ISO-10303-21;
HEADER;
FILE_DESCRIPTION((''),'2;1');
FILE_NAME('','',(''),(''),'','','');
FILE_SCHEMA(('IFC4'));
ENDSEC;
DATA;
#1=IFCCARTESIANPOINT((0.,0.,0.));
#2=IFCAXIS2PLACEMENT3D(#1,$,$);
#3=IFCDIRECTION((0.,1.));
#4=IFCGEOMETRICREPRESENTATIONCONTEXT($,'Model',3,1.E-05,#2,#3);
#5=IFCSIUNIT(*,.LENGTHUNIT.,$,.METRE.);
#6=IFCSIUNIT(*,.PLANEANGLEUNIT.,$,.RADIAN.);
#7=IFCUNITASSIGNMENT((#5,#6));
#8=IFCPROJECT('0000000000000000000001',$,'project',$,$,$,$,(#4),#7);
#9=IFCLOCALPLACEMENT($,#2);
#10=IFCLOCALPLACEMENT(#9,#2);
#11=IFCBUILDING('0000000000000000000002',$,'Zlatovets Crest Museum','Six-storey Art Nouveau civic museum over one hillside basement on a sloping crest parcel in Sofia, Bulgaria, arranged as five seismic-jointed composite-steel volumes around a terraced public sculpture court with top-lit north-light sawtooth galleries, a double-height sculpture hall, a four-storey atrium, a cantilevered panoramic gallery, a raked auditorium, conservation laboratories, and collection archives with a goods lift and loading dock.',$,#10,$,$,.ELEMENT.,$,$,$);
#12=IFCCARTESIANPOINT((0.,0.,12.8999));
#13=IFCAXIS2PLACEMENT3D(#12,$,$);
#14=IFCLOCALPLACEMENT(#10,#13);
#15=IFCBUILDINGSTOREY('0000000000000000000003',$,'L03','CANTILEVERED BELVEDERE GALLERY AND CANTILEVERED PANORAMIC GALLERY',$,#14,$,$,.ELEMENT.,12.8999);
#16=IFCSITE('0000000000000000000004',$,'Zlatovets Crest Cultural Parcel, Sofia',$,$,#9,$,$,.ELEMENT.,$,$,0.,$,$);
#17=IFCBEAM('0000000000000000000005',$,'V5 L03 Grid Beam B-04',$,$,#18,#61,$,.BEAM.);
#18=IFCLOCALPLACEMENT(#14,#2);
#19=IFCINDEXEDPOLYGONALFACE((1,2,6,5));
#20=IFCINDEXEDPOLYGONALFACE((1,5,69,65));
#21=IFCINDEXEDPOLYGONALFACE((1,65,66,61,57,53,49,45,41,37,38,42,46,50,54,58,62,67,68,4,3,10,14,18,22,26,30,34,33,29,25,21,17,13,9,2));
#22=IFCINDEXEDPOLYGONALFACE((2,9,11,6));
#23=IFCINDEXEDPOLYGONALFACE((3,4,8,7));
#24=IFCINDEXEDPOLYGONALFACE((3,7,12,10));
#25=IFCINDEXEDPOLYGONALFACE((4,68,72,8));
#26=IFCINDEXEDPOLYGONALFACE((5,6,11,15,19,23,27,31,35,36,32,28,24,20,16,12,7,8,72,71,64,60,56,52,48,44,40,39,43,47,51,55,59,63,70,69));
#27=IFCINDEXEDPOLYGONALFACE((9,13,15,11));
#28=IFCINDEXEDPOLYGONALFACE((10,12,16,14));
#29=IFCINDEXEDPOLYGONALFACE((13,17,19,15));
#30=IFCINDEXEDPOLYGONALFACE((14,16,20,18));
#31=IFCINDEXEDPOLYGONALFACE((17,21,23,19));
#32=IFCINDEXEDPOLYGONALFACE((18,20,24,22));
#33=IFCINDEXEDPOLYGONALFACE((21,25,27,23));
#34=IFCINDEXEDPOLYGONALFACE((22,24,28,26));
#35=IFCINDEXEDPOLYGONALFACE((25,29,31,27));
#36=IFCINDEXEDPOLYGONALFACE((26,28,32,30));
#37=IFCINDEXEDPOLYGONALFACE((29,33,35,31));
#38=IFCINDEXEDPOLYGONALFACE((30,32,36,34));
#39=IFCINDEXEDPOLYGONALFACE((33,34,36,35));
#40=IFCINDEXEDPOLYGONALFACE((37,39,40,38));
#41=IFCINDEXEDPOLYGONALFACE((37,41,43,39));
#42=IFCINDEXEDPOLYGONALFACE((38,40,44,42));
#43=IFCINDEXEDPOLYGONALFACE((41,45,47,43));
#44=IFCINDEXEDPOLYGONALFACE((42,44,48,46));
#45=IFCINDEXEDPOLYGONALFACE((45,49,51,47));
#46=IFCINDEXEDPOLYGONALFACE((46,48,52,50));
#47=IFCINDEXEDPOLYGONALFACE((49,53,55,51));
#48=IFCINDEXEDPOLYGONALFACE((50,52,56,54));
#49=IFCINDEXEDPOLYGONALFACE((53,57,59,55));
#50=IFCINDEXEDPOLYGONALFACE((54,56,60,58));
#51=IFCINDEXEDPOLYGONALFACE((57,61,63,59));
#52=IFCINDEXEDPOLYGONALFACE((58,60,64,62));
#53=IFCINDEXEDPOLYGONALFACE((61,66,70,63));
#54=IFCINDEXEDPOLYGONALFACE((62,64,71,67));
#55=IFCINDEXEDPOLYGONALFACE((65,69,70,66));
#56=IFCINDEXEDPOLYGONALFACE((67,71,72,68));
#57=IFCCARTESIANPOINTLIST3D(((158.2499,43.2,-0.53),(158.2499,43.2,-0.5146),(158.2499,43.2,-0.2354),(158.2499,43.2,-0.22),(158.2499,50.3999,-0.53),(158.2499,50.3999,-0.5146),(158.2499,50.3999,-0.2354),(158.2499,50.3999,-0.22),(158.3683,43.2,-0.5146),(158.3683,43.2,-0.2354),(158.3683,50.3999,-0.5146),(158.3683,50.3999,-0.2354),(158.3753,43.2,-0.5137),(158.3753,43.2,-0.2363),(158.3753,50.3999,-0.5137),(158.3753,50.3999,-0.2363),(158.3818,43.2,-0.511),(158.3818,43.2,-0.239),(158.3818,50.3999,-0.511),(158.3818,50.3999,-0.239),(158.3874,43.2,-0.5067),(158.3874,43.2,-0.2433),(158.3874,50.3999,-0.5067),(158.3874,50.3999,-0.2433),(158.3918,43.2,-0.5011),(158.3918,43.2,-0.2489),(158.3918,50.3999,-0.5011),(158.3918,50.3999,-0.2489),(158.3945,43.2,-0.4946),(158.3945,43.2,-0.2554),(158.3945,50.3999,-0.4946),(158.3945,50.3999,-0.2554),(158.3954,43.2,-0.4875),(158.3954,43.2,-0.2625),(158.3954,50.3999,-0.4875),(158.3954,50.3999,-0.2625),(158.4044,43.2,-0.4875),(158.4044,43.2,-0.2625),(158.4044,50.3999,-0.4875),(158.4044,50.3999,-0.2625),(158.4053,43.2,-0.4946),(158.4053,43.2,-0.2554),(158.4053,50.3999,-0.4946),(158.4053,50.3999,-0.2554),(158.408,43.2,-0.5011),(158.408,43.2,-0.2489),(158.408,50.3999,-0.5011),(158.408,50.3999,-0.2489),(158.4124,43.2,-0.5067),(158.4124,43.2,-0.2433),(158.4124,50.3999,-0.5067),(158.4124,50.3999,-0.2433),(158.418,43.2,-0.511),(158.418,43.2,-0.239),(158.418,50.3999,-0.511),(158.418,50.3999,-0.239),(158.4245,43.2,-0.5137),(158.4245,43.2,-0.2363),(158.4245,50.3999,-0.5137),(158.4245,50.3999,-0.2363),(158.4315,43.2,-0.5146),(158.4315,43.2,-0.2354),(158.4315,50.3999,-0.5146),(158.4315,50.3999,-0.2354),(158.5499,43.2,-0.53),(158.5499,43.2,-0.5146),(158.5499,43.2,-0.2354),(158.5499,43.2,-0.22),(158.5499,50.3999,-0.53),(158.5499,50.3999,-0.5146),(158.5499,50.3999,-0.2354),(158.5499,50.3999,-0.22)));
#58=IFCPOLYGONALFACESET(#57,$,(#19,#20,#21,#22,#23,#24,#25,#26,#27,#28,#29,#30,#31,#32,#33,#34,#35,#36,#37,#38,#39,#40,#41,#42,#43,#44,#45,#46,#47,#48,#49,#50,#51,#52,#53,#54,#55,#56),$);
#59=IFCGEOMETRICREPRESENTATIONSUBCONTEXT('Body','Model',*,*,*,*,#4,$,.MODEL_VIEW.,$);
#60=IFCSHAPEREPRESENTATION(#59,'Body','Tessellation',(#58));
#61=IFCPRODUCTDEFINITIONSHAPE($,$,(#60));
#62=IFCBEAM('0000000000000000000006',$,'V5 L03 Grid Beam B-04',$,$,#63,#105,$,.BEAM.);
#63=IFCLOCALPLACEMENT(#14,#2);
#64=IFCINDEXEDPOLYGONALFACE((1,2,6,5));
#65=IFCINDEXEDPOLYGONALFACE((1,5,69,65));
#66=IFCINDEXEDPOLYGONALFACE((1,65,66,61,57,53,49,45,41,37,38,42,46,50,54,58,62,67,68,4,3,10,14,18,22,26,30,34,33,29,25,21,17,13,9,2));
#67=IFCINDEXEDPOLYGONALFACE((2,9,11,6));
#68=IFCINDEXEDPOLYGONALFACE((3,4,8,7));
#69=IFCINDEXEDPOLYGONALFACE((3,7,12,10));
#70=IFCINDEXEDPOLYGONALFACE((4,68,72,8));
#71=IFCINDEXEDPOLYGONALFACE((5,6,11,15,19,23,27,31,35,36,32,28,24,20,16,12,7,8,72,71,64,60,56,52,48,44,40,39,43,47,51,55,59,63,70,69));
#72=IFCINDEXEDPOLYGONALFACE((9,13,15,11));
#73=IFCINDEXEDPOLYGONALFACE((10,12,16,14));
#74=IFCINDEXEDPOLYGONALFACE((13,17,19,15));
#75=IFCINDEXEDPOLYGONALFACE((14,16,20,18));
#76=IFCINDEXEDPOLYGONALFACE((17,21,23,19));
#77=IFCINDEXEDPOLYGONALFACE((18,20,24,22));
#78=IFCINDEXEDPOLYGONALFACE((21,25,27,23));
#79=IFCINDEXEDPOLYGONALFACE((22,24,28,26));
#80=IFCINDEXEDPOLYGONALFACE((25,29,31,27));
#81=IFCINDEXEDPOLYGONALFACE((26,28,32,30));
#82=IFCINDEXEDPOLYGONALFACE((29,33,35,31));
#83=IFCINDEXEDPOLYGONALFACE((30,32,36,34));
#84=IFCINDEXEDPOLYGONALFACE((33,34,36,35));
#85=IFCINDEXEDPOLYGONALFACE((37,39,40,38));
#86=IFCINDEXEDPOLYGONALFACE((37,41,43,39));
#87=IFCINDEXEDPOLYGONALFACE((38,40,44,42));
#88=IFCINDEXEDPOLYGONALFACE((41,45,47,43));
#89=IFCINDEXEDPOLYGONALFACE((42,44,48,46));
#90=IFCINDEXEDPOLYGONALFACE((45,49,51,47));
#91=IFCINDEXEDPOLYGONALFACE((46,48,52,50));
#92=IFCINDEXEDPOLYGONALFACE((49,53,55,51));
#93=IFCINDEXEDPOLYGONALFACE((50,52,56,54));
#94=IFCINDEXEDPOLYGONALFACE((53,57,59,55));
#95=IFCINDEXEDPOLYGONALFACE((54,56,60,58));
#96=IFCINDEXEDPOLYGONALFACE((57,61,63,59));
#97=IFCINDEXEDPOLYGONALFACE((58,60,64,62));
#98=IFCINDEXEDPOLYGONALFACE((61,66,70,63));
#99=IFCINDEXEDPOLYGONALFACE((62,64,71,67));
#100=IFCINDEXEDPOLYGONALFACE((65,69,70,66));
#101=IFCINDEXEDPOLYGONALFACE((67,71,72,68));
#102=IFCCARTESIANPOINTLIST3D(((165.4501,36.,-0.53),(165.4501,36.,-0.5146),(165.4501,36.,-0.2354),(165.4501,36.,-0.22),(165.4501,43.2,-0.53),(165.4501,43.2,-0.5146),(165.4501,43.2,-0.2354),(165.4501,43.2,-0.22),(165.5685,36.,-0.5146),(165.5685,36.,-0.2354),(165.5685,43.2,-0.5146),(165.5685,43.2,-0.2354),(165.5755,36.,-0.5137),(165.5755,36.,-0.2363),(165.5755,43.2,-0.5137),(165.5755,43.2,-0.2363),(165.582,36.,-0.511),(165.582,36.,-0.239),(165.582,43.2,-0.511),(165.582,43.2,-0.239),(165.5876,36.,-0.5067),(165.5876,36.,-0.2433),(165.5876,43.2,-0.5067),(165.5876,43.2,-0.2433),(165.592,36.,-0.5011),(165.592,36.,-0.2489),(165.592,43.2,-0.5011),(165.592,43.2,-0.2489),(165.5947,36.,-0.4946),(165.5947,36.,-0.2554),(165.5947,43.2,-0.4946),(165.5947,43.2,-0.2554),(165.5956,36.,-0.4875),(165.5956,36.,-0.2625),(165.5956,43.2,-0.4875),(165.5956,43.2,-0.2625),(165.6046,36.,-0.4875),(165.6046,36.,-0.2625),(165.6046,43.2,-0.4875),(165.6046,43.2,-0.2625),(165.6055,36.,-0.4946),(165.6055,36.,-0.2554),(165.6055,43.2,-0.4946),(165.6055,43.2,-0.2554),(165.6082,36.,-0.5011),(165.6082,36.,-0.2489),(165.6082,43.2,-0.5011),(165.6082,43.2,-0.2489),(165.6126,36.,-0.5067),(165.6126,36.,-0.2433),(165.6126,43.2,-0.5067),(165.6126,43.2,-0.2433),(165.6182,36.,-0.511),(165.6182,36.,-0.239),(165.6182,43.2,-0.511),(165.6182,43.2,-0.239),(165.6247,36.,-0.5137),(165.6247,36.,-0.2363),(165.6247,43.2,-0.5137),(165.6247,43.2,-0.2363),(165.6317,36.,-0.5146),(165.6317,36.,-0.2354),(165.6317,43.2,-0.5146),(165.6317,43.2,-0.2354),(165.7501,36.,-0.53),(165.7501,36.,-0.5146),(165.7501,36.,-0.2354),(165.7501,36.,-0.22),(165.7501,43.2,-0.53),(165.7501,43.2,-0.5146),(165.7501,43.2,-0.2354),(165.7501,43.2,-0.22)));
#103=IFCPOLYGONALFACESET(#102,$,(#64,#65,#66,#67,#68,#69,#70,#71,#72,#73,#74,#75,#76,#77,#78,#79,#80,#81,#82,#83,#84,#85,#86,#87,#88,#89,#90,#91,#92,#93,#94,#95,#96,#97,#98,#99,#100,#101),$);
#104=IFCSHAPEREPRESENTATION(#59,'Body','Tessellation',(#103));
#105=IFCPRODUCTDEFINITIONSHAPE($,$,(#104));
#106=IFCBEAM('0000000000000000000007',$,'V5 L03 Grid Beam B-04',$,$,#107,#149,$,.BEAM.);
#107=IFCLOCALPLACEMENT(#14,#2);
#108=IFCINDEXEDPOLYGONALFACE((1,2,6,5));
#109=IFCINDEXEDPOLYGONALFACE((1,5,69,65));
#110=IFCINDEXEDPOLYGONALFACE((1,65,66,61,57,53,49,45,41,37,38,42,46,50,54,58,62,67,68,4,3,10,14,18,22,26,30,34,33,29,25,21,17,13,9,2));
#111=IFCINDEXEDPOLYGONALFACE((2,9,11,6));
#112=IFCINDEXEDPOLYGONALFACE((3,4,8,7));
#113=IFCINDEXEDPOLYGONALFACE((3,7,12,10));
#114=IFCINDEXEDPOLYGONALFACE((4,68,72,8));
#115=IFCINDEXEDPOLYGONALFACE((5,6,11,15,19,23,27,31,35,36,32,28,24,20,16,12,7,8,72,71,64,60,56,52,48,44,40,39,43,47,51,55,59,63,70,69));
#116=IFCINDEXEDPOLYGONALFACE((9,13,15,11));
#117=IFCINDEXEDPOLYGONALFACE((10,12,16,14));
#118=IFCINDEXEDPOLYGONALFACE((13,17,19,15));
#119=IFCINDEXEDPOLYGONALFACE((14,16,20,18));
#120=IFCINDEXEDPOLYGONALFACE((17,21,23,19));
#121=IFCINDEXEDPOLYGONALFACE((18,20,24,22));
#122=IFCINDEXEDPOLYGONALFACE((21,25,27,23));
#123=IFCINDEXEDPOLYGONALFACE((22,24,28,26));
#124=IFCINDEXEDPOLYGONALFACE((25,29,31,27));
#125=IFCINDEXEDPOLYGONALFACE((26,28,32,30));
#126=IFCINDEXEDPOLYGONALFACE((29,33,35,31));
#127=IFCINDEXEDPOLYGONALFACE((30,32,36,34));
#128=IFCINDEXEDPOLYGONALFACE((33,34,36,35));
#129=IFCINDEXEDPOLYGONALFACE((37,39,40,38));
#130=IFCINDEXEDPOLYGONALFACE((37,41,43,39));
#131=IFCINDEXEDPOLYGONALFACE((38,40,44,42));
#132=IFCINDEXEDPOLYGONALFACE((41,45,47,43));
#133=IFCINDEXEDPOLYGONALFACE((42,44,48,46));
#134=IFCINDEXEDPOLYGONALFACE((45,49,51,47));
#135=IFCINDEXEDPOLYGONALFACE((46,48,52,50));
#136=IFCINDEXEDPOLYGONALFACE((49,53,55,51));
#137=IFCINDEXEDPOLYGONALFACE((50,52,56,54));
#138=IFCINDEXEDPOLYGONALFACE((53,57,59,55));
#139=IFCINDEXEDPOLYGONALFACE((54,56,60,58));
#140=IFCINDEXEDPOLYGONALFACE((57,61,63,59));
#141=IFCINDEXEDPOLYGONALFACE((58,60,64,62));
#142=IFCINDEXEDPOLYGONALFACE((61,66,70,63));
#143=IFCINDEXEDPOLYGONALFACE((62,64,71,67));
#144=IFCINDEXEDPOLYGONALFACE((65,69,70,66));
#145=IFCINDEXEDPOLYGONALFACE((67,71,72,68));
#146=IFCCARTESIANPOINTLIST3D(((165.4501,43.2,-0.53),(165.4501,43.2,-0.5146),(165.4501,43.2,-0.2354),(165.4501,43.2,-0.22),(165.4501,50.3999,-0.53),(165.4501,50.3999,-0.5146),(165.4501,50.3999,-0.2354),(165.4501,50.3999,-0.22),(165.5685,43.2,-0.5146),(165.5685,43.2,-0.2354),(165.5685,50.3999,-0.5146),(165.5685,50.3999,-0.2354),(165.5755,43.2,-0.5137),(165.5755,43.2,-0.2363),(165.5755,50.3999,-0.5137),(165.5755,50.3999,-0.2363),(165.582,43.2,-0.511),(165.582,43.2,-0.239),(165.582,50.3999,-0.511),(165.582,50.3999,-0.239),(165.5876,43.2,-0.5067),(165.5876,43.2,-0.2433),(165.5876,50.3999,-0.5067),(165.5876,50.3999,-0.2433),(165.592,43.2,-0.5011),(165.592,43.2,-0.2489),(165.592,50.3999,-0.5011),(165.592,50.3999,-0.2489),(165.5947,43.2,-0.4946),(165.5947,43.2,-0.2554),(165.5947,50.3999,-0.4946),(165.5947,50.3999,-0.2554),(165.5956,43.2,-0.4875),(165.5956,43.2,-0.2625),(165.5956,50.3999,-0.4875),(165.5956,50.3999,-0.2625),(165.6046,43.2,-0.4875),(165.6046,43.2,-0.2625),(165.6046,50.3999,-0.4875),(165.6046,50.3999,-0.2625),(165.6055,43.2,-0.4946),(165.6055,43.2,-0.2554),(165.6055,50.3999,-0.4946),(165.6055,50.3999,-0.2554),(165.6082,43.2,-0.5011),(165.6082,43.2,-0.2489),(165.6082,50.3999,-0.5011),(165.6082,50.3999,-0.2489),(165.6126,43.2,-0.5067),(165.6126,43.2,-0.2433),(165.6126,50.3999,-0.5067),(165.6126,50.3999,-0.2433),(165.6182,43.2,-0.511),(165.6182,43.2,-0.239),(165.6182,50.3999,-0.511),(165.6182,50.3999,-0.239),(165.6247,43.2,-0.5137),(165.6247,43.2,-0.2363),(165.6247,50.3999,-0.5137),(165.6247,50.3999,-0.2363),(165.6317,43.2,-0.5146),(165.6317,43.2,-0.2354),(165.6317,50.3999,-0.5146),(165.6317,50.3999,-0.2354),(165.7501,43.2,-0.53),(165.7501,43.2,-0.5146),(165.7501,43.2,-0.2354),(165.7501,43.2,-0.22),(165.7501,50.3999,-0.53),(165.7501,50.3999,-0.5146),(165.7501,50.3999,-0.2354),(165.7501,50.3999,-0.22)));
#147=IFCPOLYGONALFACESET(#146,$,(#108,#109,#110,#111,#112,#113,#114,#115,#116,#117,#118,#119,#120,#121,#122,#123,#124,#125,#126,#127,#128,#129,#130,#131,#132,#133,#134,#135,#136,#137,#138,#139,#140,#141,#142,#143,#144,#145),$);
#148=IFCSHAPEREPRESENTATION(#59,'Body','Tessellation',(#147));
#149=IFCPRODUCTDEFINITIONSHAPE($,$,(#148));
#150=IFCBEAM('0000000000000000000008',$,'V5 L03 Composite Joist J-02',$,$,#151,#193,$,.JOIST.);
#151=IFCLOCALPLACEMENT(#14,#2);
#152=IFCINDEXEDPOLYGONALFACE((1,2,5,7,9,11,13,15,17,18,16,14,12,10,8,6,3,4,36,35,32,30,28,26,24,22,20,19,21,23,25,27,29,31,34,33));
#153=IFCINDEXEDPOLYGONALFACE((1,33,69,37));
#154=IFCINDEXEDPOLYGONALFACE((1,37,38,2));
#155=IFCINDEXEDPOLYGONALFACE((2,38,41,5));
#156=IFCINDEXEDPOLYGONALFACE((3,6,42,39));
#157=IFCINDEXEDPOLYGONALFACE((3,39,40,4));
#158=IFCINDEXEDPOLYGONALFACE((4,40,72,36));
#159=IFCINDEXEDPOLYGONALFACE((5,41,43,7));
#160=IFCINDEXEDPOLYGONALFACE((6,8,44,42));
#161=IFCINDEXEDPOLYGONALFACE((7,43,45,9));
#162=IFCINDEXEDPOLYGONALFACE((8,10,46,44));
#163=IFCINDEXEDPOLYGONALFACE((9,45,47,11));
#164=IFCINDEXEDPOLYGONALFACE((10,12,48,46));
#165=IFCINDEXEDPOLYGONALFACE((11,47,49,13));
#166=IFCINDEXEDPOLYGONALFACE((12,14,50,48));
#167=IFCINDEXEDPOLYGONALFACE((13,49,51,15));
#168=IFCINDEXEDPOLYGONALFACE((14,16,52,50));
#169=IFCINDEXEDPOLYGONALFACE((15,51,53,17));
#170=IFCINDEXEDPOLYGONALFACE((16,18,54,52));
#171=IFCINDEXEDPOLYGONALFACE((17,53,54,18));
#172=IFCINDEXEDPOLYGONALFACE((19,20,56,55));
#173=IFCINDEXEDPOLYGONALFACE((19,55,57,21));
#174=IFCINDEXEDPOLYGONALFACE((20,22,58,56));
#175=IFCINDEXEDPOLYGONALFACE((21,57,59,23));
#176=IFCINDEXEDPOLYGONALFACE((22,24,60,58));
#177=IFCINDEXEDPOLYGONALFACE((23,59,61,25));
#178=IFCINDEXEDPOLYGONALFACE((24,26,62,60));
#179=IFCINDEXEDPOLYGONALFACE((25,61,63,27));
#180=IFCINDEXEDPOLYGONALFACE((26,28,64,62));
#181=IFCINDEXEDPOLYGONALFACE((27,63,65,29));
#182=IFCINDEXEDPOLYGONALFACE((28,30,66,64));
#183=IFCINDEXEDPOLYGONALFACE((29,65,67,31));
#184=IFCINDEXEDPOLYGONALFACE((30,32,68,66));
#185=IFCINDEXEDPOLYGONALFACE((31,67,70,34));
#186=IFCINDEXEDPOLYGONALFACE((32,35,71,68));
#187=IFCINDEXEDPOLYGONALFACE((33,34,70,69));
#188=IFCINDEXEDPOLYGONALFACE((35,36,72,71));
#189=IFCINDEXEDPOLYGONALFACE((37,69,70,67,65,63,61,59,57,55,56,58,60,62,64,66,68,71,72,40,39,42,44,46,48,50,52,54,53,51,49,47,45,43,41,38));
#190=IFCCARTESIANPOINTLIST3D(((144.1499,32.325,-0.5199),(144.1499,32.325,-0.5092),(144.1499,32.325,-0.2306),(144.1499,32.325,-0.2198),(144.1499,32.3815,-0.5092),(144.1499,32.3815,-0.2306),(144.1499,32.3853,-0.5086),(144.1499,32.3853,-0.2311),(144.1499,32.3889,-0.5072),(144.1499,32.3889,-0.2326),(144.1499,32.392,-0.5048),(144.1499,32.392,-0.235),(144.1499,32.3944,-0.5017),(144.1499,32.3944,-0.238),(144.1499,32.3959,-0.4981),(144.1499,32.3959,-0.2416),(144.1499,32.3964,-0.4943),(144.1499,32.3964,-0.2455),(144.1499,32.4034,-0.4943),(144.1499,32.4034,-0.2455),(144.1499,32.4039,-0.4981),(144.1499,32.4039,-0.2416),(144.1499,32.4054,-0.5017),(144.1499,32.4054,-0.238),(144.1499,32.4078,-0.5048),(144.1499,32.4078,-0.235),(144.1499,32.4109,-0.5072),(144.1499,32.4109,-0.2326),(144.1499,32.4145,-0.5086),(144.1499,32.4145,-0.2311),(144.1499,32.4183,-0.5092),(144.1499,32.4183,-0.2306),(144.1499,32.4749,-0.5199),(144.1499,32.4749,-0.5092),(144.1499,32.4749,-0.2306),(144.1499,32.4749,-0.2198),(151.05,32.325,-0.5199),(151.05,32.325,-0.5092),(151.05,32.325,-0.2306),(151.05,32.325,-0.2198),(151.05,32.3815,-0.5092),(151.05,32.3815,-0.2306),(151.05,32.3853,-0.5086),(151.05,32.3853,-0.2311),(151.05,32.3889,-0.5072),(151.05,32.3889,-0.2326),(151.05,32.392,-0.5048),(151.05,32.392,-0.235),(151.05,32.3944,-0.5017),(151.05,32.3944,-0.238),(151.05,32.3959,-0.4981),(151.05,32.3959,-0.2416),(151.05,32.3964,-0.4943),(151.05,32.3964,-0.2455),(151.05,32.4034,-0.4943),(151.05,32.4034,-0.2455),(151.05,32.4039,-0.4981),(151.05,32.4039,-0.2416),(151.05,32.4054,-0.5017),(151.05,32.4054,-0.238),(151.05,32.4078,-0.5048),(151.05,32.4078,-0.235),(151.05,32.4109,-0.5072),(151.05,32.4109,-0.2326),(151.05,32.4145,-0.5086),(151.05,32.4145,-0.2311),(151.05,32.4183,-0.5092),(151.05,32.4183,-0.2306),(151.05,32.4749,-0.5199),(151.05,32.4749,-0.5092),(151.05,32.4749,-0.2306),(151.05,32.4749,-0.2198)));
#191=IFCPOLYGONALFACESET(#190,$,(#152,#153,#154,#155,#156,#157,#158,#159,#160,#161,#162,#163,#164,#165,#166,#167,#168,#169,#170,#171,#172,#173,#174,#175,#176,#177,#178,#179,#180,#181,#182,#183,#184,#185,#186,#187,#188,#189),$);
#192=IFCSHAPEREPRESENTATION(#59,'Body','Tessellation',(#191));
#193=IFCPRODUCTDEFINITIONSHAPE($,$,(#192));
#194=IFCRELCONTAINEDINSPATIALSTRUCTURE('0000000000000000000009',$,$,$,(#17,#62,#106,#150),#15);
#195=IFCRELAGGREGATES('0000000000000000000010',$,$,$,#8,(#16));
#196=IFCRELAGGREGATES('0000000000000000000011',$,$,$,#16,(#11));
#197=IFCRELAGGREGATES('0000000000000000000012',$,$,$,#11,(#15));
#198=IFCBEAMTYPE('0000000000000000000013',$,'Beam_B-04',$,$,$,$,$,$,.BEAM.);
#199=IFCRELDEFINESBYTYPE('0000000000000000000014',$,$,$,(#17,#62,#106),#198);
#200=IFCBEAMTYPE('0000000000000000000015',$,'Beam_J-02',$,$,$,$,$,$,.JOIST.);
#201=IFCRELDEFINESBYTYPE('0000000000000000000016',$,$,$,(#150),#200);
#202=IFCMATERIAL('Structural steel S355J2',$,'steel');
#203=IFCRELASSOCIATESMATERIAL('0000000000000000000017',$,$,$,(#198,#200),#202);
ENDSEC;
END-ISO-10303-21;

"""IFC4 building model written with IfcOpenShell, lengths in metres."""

from ifc_helpers import new_model, si_unit, direction, frame, origin, origin_2d, place, context, subcontext, project, spatial, i_section, extrude, material, material_profile, profile_set, type_object, element, save


model = new_model("IFC4")

# Units and contexts
model_context = context("Model", 3, precision=1e-05, world=origin(), true_north=direction((0.0, 1.0)))
body_context = subcontext(model_context, "Body", "Model", "MODEL_VIEW")
ifc_project = project(units=[si_unit("LENGTHUNIT", "METRE"), si_unit("PLANEANGLEUNIT", "RADIAN")], contexts=[model_context])

# Site, building, storey
site_placement = place(None, origin())
site = spatial("IfcSite", under=ifc_project, at=site_placement, Name="Zlatovets Crest Cultural Parcel, Sofia", CompositionType="ELEMENT", RefElevation=0.0)
building_placement = place(site_placement, origin())
building = spatial("IfcBuilding", under=site, at=building_placement, Name="Zlatovets Crest Museum", Description="Six-storey Art Nouveau civic museum over one hillside basement on a sloping crest parcel in Sofia, Bulgaria, arranged as five seismic-jointed composite-steel volumes around a terraced public sculpture court with top-lit north-light sawtooth galleries, a double-height sculpture hall, a four-storey atrium, a cantilevered panoramic gallery, a raked auditorium, conservation laboratories, and collection archives with a goods lift and loading dock.", CompositionType="ELEMENT")
storey_placement = place(building_placement, frame((0.0, 0.0, 12.8999)))
storey = spatial("IfcBuildingStorey", under=building, at=storey_placement, Name="L03", Description="CANTILEVERED BELVEDERE GALLERY AND CANTILEVERED PANORAMIC GALLERY", CompositionType="ELEMENT", Elevation=12.8999)

# Beams
ifc_material = material(Name="Structural steel S355J2", Category="steel")
ifc_material_profile_1 = material_profile(ifc_material, i_section(OverallWidth=0.3, OverallDepth=0.3101, WebThickness=0.009, FlangeThickness=0.0154, FilletRadius=0.0271, at=origin_2d()), Name="HEA 320")
ifc_profile_set_1 = profile_set([ifc_material_profile_1], Name="Structural steel S355J2")
beam_type_1 = type_object("IfcBeamType", Name="Beam_B-04", PredefinedType="BEAM", material=ifc_profile_set_1)
for number, where, z_axis, x_axis, name in (
    (1, (158.3999, 43.2, -0.375), (0.0, 1.0, 0.0), (-1.0, 0.0, 0.0), "V5 L03 Grid Beam B-04"),
    (2, (165.6001, 36.0, -0.375), (0.0, 1.0, 0.0), (-1.0, 0.0, 0.0), "V5 L03 Grid Beam B-04"),
    (3, (165.6001, 43.2, -0.375), (0.0, 1.0, 0.0), (-1.0, 0.0, 0.0), "V5 L03 Grid Beam B-04"),
):
    element("IfcBeam", number, at=place(storey_placement, frame(where, z_axis=z_axis, x_axis=x_axis)), inside=storey, type_object=beam_type_1, Name=name, PredefinedType="BEAM", context=body_context, shape_type="SweptSolid", body=[
        extrude(i_section(OverallWidth=0.3, OverallDepth=0.3101, WebThickness=0.009, FlangeThickness=0.0154, FilletRadius=0.0271, at=origin_2d()), origin(), (0.0, 0.0, 1.0), 7.2),
    ])
ifc_material_profile_2 = material_profile(ifc_material, i_section(OverallWidth=0.1499, OverallDepth=0.3, WebThickness=0.0071, FlangeThickness=0.0107, FilletRadius=0.0149, at=origin_2d()), Name="IPE 300")
ifc_profile_set_2 = profile_set([ifc_material_profile_2], Name="Structural steel S355J2")
beam_type_2 = type_object("IfcBeamType", Name="Beam_J-02", PredefinedType="JOIST", material=ifc_profile_set_2)
for number, where, z_axis, x_axis, name in (
    (4, (144.1499, 32.3999, -0.3699), (1.0, 0.0, 0.0), (0.0, 1.0, 0.0), "V5 L03 Composite Joist J-02"),
):
    element("IfcBeam", number, at=place(storey_placement, frame(where, z_axis=z_axis, x_axis=x_axis)), inside=storey, type_object=beam_type_2, Name=name, PredefinedType="JOIST", context=body_context, shape_type="SweptSolid", body=[
        extrude(i_section(OverallWidth=0.1499, OverallDepth=0.3, WebThickness=0.0071, FlangeThickness=0.0107, FilletRadius=0.0149, at=origin_2d()), origin(), (0.0, 0.0, 1.0), 6.9001),
    ])

save(model, "model.ifc")
